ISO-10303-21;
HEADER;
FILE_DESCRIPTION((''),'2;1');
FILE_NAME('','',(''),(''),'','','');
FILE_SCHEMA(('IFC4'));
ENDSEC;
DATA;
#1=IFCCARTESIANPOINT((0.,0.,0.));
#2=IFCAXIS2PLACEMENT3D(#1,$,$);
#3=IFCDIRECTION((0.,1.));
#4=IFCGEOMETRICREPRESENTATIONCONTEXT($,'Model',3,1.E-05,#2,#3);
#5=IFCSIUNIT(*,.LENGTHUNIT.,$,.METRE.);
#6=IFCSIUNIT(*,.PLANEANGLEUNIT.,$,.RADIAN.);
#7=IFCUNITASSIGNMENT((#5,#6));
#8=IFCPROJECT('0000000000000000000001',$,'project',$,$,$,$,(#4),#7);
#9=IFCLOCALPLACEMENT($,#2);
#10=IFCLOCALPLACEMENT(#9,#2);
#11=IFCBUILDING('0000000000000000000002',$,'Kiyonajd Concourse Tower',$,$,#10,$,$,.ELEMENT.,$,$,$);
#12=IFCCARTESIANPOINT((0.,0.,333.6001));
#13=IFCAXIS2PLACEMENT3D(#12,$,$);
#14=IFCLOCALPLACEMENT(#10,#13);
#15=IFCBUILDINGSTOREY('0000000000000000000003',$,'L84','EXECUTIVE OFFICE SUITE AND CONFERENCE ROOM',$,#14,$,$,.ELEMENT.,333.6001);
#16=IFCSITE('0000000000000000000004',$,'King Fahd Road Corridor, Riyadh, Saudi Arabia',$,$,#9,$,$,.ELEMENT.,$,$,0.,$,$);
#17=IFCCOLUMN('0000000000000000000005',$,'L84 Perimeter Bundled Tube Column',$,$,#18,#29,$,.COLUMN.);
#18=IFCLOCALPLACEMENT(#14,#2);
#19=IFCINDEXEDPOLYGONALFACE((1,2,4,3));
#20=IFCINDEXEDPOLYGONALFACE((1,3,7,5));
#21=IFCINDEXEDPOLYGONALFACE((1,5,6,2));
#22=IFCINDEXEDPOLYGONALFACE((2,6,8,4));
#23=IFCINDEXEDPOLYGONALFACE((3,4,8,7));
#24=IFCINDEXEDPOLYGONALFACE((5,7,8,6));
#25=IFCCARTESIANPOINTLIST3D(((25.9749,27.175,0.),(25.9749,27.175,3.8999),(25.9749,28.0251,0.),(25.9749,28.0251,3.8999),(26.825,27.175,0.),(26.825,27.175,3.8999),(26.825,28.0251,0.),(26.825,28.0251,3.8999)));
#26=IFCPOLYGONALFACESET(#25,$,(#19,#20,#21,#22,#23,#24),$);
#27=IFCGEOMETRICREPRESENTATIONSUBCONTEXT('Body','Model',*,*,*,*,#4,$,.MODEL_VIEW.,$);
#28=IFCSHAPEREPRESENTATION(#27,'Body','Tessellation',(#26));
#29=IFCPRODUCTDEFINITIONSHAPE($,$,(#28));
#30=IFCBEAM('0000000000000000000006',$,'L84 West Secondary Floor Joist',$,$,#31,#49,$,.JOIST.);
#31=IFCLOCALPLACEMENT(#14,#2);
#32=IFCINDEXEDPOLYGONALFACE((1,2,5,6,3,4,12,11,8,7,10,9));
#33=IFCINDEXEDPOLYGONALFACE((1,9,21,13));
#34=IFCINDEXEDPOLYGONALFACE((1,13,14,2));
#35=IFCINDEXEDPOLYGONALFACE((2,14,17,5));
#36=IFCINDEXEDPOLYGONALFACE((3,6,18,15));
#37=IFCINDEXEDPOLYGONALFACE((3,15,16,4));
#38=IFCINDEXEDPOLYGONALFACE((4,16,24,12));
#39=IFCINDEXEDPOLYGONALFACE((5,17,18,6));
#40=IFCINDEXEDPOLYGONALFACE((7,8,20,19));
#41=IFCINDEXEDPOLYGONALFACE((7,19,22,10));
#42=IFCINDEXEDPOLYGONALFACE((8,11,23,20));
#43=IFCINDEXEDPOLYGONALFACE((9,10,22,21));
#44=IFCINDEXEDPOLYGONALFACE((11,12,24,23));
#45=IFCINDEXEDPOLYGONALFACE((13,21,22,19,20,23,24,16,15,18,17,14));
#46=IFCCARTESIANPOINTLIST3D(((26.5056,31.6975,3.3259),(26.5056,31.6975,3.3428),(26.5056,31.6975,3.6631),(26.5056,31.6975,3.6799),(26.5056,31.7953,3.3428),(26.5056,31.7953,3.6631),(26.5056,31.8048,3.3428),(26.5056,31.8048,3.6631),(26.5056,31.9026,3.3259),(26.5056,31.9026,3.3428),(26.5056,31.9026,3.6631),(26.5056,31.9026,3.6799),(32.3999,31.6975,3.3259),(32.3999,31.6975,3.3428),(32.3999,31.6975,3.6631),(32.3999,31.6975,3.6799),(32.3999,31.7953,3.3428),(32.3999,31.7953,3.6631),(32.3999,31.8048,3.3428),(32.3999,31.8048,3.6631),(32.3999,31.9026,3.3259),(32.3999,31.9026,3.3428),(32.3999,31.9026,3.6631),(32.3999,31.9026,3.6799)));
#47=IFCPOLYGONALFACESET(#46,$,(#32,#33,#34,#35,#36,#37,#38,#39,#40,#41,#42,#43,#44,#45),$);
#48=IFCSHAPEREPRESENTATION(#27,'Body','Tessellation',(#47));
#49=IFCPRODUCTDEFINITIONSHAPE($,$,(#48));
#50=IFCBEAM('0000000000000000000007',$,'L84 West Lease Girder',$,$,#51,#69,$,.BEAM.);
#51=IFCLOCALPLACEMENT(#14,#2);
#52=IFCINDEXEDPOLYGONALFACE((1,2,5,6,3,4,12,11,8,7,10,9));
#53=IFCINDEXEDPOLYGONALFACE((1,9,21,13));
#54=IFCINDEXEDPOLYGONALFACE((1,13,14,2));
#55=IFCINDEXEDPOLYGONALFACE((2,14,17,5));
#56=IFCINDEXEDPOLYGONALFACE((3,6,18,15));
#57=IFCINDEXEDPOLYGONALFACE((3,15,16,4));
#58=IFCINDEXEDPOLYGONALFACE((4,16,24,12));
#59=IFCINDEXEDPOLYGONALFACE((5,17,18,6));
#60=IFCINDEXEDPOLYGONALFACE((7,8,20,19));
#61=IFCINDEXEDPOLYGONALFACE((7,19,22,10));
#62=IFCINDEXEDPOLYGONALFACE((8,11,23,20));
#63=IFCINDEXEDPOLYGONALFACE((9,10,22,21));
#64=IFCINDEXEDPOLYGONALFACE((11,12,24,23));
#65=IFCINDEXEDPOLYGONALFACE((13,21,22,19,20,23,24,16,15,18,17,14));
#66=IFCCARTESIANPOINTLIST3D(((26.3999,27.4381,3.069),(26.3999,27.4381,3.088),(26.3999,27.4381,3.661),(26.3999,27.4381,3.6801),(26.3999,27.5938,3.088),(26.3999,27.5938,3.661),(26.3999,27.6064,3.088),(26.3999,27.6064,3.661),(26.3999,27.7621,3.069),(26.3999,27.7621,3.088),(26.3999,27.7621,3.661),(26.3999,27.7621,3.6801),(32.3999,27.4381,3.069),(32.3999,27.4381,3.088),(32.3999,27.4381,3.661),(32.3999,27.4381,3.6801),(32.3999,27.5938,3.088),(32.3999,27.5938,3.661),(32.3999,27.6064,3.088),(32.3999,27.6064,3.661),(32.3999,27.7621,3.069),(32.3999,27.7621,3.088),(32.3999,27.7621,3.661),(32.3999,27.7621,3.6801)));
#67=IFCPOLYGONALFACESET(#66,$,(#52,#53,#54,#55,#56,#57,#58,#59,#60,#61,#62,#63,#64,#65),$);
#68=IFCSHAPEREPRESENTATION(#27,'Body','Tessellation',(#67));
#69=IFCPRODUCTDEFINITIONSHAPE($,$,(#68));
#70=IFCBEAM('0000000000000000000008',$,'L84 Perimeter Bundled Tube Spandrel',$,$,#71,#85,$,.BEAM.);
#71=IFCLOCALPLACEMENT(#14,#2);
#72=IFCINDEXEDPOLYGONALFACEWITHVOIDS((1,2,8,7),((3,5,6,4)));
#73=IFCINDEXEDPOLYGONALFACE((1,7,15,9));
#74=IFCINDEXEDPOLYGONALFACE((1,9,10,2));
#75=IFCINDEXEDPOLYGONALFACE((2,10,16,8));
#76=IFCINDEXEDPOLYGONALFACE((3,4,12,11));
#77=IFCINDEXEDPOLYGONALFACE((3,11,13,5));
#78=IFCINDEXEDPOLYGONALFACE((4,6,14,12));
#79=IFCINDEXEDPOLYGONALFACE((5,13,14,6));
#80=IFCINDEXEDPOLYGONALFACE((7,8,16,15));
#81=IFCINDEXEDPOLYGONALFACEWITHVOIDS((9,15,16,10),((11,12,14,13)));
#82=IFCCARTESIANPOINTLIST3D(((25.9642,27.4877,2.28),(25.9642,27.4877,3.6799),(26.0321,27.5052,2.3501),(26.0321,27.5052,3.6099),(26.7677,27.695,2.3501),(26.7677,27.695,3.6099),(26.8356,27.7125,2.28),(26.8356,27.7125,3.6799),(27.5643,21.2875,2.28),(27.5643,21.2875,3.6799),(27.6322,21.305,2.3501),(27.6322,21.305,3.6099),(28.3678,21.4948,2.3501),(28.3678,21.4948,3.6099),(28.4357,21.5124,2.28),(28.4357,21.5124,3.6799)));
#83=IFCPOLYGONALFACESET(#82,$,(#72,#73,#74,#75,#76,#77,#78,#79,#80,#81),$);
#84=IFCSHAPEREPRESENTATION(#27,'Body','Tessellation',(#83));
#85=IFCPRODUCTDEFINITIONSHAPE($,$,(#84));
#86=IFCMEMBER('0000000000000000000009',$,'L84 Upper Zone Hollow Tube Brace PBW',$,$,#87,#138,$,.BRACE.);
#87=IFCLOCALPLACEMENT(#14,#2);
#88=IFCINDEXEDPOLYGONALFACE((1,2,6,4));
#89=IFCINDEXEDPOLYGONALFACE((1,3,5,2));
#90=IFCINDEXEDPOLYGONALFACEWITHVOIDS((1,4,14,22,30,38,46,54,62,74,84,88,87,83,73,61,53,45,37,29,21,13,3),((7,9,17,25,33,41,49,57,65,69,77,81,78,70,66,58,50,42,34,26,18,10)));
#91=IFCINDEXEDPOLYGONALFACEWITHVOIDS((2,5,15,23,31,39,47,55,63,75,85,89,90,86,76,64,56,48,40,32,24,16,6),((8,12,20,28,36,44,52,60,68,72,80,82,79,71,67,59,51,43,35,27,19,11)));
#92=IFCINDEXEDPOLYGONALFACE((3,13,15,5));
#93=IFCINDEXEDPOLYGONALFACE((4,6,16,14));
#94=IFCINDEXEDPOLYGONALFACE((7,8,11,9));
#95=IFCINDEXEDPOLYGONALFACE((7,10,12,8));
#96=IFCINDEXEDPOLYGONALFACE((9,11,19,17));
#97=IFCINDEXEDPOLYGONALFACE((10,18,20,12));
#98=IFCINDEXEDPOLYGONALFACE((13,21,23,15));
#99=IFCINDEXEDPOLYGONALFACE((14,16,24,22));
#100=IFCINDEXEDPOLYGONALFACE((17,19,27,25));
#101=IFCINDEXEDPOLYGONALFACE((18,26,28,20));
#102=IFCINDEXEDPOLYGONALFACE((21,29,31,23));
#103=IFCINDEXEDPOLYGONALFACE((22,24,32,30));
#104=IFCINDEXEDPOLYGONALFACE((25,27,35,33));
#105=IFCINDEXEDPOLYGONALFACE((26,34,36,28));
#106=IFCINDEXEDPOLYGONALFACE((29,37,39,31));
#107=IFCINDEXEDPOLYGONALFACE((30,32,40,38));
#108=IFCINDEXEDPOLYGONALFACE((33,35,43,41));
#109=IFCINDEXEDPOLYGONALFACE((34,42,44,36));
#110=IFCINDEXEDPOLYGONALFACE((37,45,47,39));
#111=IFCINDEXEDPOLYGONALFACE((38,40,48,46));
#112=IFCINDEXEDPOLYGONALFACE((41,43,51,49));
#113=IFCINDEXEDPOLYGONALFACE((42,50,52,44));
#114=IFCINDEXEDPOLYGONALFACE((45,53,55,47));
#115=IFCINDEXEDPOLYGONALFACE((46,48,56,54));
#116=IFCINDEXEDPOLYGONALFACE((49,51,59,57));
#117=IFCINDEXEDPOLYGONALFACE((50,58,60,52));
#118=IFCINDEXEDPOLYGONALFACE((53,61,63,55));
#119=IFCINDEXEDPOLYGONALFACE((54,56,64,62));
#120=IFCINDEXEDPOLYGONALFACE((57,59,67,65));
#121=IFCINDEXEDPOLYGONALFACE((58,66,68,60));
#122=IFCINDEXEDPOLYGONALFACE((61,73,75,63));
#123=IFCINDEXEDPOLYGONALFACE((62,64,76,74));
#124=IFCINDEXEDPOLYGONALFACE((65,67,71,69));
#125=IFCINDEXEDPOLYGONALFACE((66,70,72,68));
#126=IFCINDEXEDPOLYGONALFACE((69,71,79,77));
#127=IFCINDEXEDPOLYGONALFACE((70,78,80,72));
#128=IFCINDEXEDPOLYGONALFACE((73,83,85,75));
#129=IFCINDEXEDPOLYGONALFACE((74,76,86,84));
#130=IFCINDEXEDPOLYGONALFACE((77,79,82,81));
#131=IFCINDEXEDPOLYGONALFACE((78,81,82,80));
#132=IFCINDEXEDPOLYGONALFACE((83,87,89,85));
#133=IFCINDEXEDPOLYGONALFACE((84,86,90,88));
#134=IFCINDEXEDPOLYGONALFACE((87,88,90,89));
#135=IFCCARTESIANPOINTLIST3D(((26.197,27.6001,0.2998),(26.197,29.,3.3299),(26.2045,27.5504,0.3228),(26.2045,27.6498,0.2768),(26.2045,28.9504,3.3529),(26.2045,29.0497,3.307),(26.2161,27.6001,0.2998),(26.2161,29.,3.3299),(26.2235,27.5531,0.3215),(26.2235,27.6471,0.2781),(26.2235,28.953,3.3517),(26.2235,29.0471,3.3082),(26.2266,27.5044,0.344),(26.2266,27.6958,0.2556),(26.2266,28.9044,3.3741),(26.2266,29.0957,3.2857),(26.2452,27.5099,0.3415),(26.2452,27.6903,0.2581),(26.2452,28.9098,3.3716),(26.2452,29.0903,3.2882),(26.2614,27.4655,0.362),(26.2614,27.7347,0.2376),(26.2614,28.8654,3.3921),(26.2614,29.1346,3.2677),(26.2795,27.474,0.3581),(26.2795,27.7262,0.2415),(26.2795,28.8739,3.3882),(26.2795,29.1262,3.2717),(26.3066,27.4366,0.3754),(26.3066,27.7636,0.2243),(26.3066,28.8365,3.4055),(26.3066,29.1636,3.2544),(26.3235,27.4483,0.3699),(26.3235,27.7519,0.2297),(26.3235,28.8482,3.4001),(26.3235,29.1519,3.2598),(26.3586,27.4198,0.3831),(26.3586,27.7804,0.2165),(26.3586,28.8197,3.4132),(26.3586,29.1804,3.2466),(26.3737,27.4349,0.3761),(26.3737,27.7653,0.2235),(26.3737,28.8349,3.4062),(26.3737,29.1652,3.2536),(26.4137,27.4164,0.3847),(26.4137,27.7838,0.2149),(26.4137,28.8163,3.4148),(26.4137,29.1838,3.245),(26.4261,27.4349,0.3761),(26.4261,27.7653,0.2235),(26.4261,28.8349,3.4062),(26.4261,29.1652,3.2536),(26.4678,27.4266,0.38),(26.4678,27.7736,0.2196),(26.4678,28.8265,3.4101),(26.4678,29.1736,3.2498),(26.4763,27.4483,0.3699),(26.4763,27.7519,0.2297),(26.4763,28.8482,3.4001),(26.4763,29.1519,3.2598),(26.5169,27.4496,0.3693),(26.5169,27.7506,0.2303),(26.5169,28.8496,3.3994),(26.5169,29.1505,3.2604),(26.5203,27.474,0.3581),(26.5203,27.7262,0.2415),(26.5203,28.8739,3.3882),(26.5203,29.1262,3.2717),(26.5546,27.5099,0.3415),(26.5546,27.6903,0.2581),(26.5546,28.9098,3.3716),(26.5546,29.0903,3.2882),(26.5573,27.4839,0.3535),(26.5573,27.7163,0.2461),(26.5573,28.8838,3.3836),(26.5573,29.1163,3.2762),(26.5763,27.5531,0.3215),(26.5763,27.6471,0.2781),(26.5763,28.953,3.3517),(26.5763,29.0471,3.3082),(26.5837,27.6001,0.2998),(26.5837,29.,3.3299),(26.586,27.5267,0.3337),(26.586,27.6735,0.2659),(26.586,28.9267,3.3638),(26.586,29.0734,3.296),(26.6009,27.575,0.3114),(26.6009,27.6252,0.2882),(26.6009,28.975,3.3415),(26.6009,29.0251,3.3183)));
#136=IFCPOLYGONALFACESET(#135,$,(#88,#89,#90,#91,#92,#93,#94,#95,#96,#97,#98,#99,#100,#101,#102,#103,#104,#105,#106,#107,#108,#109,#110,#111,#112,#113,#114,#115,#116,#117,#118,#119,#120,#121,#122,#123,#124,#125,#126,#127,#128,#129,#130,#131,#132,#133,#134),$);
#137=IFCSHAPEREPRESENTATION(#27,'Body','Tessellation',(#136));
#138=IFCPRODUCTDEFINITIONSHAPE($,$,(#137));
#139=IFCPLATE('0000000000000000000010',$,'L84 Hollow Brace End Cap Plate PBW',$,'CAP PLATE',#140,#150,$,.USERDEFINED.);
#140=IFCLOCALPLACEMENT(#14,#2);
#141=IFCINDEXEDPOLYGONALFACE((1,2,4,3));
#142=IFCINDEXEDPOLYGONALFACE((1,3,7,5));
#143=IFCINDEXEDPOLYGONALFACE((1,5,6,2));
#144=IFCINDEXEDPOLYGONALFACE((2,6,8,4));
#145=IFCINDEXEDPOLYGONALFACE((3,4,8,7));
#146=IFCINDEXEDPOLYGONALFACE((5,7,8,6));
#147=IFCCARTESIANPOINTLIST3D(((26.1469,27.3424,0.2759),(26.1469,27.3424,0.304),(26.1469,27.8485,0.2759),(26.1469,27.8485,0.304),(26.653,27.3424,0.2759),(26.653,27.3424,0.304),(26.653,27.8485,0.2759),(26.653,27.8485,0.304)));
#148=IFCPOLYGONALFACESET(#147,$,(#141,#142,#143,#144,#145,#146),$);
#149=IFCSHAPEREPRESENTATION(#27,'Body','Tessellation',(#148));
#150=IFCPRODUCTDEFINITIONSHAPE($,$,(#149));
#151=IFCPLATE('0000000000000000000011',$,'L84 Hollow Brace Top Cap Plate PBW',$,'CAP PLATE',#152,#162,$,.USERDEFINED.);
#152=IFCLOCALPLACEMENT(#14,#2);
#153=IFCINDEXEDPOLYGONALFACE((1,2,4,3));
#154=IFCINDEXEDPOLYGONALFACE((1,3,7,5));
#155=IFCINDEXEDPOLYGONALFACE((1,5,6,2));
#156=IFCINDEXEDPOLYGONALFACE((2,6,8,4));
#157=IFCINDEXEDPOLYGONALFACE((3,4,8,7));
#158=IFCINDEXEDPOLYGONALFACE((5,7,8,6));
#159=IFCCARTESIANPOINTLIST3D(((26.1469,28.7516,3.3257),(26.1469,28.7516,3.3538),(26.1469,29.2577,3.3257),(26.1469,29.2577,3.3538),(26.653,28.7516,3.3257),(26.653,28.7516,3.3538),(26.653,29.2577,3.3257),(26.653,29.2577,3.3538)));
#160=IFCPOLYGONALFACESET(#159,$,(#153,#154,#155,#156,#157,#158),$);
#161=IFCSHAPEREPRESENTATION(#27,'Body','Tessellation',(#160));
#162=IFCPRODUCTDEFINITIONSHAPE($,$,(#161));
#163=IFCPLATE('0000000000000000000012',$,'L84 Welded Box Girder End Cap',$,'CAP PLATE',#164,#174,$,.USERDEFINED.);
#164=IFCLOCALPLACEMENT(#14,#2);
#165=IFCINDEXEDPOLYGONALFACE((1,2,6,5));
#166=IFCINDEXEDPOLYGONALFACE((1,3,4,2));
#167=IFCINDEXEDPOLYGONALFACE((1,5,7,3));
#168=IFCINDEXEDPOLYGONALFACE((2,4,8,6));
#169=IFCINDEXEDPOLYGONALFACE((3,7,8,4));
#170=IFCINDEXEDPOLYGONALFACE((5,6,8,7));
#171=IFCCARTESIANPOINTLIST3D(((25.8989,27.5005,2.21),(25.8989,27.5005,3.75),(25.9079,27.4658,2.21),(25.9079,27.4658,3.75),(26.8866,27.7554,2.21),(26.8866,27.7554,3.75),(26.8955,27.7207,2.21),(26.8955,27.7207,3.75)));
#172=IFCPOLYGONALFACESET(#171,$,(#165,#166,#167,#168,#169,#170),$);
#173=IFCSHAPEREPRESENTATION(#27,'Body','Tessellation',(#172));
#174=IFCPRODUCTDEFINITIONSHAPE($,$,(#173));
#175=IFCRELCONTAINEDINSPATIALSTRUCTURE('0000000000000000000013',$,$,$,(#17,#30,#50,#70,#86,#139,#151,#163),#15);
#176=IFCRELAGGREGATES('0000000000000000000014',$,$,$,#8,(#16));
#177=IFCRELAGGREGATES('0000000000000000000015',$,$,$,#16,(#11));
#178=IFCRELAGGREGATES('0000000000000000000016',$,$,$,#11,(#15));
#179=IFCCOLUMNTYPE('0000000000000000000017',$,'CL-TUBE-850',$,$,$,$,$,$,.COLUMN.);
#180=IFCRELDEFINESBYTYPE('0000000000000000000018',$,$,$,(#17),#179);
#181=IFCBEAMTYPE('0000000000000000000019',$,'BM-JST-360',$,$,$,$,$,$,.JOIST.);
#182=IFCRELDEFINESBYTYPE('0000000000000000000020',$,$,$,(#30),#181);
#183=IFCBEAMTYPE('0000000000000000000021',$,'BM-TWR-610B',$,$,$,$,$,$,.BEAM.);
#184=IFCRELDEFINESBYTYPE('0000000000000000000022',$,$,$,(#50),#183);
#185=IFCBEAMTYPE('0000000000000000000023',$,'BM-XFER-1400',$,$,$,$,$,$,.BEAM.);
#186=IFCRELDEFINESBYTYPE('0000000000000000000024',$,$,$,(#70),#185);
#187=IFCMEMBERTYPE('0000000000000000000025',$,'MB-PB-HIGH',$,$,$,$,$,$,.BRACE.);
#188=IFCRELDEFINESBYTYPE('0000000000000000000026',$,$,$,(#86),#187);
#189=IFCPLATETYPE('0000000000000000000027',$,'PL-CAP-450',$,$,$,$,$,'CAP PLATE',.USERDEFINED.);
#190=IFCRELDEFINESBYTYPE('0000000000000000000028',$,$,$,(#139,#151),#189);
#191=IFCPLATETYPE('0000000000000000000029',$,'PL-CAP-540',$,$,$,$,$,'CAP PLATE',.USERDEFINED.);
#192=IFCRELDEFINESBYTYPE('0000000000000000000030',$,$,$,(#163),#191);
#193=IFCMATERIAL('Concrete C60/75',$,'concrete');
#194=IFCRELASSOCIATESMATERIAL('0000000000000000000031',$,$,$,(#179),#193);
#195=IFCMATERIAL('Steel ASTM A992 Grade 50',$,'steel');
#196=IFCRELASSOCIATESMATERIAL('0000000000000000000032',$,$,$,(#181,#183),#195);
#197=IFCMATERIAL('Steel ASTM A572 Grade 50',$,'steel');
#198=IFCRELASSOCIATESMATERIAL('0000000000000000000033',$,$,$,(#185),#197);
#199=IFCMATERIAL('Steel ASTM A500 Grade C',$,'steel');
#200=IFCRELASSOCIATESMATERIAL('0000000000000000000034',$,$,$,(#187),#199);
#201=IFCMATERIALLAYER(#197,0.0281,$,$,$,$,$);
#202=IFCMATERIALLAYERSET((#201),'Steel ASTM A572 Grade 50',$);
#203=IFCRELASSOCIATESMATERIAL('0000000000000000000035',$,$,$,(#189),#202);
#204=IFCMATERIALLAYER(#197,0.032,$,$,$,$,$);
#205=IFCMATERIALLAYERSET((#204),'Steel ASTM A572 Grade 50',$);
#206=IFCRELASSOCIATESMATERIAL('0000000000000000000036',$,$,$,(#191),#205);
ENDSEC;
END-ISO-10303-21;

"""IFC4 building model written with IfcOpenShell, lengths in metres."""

from ifc_helpers import new_model, si_unit, direction, frame, origin, origin_2d, place, context, subcontext, project, spatial, rectangle, hollow_rectangle, hollow_circle, i_section, extrude, material, layer, layer_set, material_profile, profile_set, type_object, element, save


model = new_model("IFC4")

# Units and contexts
model_context = context("Model", 3, precision=1e-05, world=origin(), true_north=direction((0.0, 1.0)))
body_context = subcontext(model_context, "Body", "Model", "MODEL_VIEW")
ifc_project = project(units=[si_unit("LENGTHUNIT", "METRE"), si_unit("PLANEANGLEUNIT", "RADIAN")], contexts=[model_context])

# Site, building, storey
site_placement = place(None, origin())
site = spatial("IfcSite", under=ifc_project, at=site_placement, Name="King Fahd Road Corridor, Riyadh, Saudi Arabia", CompositionType="ELEMENT", RefElevation=0.0)
building_placement = place(site_placement, origin())
building = spatial("IfcBuilding", under=site, at=building_placement, Name="Kiyonajd Concourse Tower", CompositionType="ELEMENT")
storey_placement = place(building_placement, frame((0.0, 0.0, 333.6001)))
storey = spatial("IfcBuildingStorey", under=building, at=storey_placement, Name="L84", Description="EXECUTIVE OFFICE SUITE AND CONFERENCE ROOM", CompositionType="ELEMENT", Elevation=333.6001)

# Column
ifc_material_1 = material(Name="Concrete C60/75", Category="concrete")
ifc_material_profile_1 = material_profile(ifc_material_1, rectangle(XDim=0.8501, YDim=0.8501, at=origin_2d()), Name="RC-850x850")
ifc_profile_set_1 = profile_set([ifc_material_profile_1], Name="Concrete C60/75")
column_type = type_object("IfcColumnType", Name="CL-TUBE-850", PredefinedType="COLUMN", material=ifc_profile_set_1)
column_placement = place(storey_placement, frame((26.3999, 27.6001, 0.0), z_axis=(0.0, 0.0, 1.0), x_axis=(1.0, 0.0, 0.0)))
element("IfcColumn", 1, at=column_placement, inside=storey, type_object=column_type, Name="L84 Perimeter Bundled Tube Column", PredefinedType="COLUMN", context=body_context, shape_type="SweptSolid", body=[
    extrude(rectangle(XDim=0.8501, YDim=0.8501, at=origin_2d()), origin(), (0.0, 0.0, 1.0), 3.8999),
])

# Beams
ifc_material_2 = material(Name="Steel ASTM A992 Grade 50", Category="steel")
ifc_material_profile_2 = material_profile(ifc_material_2, i_section(OverallWidth=0.2051, OverallDepth=0.354, WebThickness=0.0095, FlangeThickness=0.0168, at=origin_2d()), Name="W360X79")
ifc_profile_set_2 = profile_set([ifc_material_profile_2], Name="Steel ASTM A992 Grade 50")
beam_type_1 = type_object("IfcBeamType", Name="BM-JST-360", PredefinedType="JOIST", material=ifc_profile_set_2)
beam_1_placement = place(storey_placement, frame((26.5056, 31.8, 3.5029), z_axis=(1.0, 0.0, 0.0), x_axis=(0.0, 1.0, 0.0)))
element("IfcBeam", 2, at=beam_1_placement, inside=storey, type_object=beam_type_1, Name="L84 West Secondary Floor Joist", PredefinedType="JOIST", context=body_context, shape_type="SweptSolid", body=[
    extrude(i_section(OverallWidth=0.2051, OverallDepth=0.354, WebThickness=0.0095, FlangeThickness=0.0168, at=origin_2d()), origin(), (0.0, 0.0, 1.0), 5.8943),
])
ifc_material_profile_3 = material_profile(ifc_material_2, i_section(OverallWidth=0.324, OverallDepth=0.6111, WebThickness=0.0127, FlangeThickness=0.019, at=origin_2d()), Name="W610X155")
ifc_profile_set_3 = profile_set([ifc_material_profile_3], Name="Steel ASTM A992 Grade 50")
beam_type_2 = type_object("IfcBeamType", Name="BM-TWR-610B", PredefinedType="BEAM", material=ifc_profile_set_3)
beam_2_placement = place(storey_placement, frame((26.3999, 27.6001, 3.3745), z_axis=(1.0, 0.0, 0.0), x_axis=(0.0, 1.0, 0.0)))
element("IfcBeam", 3, at=beam_2_placement, inside=storey, type_object=beam_type_2, Name="L84 West Lease Girder", PredefinedType="BEAM", context=body_context, shape_type="SweptSolid", body=[
    extrude(i_section(OverallWidth=0.324, OverallDepth=0.6111, WebThickness=0.0127, FlangeThickness=0.019, at=origin_2d()), origin(), (0.0, 0.0, 1.0), 6.0),
])
ifc_material_3 = material(Name="Steel ASTM A572 Grade 50", Category="steel")
ifc_material_profile_4 = material_profile(ifc_material_3, hollow_rectangle(XDim=0.8999, YDim=1.3999, WallThickness=0.0701, at=origin_2d()), Name="BOX-1400x900x70")
ifc_profile_set_4 = profile_set([ifc_material_profile_4], Name="Steel ASTM A572 Grade 50")
beam_type_3 = type_object("IfcBeamType", Name="BM-XFER-1400", PredefinedType="BEAM", material=ifc_profile_set_4)
beam_3_placement = place(storey_placement, frame((26.3999, 27.6001, 2.98), z_axis=(0.249885, -0.968276, 0.0), x_axis=(0.968276, 0.249885, 0.0)))
element("IfcBeam", 4, at=beam_3_placement, inside=storey, type_object=beam_type_3, Name="L84 Perimeter Bundled Tube Spandrel", PredefinedType="BEAM", context=body_context, shape_type="SweptSolid", body=[
    extrude(hollow_rectangle(XDim=0.8999, YDim=1.3999, WallThickness=0.0701, at=origin_2d()), origin(), (0.0, 0.0, 1.0), 6.4033),
])

# Member
ifc_material_4 = material(Name="Steel ASTM A500 Grade C", Category="steel")
ifc_material_profile_5 = material_profile(ifc_material_4, hollow_circle(Radius=0.2029, WallThickness=0.019, at=origin_2d()), Name="CHS-406x19")
ifc_profile_set_5 = profile_set([ifc_material_profile_5], Name="Steel ASTM A500 Grade C")
member_type = type_object("IfcMemberType", Name="MB-PB-HIGH", PredefinedType="BRACE", material=ifc_profile_set_5)
member_placement = place(storey_placement, frame((26.3999, 27.6001, 0.2998), z_axis=(0.0, 0.419411, 0.907797), x_axis=(-1.0, 0.0, 0.0)))
element("IfcMember", 5, at=member_placement, inside=storey, type_object=member_type, Name="L84 Upper Zone Hollow Tube Brace PBW", PredefinedType="BRACE", context=body_context, shape_type="SweptSolid", body=[
    extrude(hollow_circle(Radius=0.2029, WallThickness=0.019, at=origin_2d()), origin(), (0.0, 0.0, 1.0), 3.3379),
])

# Plates
ifc_layer_1 = layer(ifc_material_3, 0.0281)
ifc_layer_set_1 = layer_set([ifc_layer_1], Name="Steel ASTM A572 Grade 50")
plate_type_1 = type_object("IfcPlateType", Name="PL-CAP-450", ElementType="CAP PLATE", PredefinedType="USERDEFINED", material=ifc_layer_set_1)
for number, where, z_axis, x_axis, name in (
    (6, (26.3999, 27.5955, 0.2759), (0.0, 0.0, 1.0), (1.0, 0.0, 0.0), "L84 Hollow Brace End Cap Plate PBW"),
    (7, (26.3999, 29.0046, 3.3257), (0.0, 0.0, 1.0), (1.0, 0.0, 0.0), "L84 Hollow Brace Top Cap Plate PBW"),
):
    element("IfcPlate", number, at=place(storey_placement, frame(where, z_axis=z_axis, x_axis=x_axis)), inside=storey, type_object=plate_type_1, Name=name, ObjectType="CAP PLATE", PredefinedType="USERDEFINED", context=body_context, shape_type="SweptSolid", body=[
        extrude(rectangle(XDim=0.5061, YDim=0.5061, at=origin_2d()), origin(), (0.0, 0.0, 1.0), 0.0281),
    ])
ifc_layer_2 = layer(ifc_material_3, 0.032)
ifc_layer_set_2 = layer_set([ifc_layer_2], Name="Steel ASTM A572 Grade 50")
plate_type_2 = type_object("IfcPlateType", Name="PL-CAP-540", ElementType="CAP PLATE", PredefinedType="USERDEFINED", material=ifc_layer_set_2)
plate_placement = place(storey_placement, frame((26.3972, 27.6106, 2.21), z_axis=(0.0, 0.0, 1.0), x_axis=(-0.249873, 0.968279, 0.0)))
element("IfcPlate", 8, at=plate_placement, inside=storey, type_object=plate_type_2, Name="L84 Welded Box Girder End Cap", ObjectType="CAP PLATE", PredefinedType="USERDEFINED", context=body_context, shape_type="SweptSolid", body=[
    extrude(rectangle(XDim=0.0359, YDim=1.02, at=origin_2d()), origin(), (0.0, 0.0, 1.0), 1.54),
])

save(model, "model.ifc")
